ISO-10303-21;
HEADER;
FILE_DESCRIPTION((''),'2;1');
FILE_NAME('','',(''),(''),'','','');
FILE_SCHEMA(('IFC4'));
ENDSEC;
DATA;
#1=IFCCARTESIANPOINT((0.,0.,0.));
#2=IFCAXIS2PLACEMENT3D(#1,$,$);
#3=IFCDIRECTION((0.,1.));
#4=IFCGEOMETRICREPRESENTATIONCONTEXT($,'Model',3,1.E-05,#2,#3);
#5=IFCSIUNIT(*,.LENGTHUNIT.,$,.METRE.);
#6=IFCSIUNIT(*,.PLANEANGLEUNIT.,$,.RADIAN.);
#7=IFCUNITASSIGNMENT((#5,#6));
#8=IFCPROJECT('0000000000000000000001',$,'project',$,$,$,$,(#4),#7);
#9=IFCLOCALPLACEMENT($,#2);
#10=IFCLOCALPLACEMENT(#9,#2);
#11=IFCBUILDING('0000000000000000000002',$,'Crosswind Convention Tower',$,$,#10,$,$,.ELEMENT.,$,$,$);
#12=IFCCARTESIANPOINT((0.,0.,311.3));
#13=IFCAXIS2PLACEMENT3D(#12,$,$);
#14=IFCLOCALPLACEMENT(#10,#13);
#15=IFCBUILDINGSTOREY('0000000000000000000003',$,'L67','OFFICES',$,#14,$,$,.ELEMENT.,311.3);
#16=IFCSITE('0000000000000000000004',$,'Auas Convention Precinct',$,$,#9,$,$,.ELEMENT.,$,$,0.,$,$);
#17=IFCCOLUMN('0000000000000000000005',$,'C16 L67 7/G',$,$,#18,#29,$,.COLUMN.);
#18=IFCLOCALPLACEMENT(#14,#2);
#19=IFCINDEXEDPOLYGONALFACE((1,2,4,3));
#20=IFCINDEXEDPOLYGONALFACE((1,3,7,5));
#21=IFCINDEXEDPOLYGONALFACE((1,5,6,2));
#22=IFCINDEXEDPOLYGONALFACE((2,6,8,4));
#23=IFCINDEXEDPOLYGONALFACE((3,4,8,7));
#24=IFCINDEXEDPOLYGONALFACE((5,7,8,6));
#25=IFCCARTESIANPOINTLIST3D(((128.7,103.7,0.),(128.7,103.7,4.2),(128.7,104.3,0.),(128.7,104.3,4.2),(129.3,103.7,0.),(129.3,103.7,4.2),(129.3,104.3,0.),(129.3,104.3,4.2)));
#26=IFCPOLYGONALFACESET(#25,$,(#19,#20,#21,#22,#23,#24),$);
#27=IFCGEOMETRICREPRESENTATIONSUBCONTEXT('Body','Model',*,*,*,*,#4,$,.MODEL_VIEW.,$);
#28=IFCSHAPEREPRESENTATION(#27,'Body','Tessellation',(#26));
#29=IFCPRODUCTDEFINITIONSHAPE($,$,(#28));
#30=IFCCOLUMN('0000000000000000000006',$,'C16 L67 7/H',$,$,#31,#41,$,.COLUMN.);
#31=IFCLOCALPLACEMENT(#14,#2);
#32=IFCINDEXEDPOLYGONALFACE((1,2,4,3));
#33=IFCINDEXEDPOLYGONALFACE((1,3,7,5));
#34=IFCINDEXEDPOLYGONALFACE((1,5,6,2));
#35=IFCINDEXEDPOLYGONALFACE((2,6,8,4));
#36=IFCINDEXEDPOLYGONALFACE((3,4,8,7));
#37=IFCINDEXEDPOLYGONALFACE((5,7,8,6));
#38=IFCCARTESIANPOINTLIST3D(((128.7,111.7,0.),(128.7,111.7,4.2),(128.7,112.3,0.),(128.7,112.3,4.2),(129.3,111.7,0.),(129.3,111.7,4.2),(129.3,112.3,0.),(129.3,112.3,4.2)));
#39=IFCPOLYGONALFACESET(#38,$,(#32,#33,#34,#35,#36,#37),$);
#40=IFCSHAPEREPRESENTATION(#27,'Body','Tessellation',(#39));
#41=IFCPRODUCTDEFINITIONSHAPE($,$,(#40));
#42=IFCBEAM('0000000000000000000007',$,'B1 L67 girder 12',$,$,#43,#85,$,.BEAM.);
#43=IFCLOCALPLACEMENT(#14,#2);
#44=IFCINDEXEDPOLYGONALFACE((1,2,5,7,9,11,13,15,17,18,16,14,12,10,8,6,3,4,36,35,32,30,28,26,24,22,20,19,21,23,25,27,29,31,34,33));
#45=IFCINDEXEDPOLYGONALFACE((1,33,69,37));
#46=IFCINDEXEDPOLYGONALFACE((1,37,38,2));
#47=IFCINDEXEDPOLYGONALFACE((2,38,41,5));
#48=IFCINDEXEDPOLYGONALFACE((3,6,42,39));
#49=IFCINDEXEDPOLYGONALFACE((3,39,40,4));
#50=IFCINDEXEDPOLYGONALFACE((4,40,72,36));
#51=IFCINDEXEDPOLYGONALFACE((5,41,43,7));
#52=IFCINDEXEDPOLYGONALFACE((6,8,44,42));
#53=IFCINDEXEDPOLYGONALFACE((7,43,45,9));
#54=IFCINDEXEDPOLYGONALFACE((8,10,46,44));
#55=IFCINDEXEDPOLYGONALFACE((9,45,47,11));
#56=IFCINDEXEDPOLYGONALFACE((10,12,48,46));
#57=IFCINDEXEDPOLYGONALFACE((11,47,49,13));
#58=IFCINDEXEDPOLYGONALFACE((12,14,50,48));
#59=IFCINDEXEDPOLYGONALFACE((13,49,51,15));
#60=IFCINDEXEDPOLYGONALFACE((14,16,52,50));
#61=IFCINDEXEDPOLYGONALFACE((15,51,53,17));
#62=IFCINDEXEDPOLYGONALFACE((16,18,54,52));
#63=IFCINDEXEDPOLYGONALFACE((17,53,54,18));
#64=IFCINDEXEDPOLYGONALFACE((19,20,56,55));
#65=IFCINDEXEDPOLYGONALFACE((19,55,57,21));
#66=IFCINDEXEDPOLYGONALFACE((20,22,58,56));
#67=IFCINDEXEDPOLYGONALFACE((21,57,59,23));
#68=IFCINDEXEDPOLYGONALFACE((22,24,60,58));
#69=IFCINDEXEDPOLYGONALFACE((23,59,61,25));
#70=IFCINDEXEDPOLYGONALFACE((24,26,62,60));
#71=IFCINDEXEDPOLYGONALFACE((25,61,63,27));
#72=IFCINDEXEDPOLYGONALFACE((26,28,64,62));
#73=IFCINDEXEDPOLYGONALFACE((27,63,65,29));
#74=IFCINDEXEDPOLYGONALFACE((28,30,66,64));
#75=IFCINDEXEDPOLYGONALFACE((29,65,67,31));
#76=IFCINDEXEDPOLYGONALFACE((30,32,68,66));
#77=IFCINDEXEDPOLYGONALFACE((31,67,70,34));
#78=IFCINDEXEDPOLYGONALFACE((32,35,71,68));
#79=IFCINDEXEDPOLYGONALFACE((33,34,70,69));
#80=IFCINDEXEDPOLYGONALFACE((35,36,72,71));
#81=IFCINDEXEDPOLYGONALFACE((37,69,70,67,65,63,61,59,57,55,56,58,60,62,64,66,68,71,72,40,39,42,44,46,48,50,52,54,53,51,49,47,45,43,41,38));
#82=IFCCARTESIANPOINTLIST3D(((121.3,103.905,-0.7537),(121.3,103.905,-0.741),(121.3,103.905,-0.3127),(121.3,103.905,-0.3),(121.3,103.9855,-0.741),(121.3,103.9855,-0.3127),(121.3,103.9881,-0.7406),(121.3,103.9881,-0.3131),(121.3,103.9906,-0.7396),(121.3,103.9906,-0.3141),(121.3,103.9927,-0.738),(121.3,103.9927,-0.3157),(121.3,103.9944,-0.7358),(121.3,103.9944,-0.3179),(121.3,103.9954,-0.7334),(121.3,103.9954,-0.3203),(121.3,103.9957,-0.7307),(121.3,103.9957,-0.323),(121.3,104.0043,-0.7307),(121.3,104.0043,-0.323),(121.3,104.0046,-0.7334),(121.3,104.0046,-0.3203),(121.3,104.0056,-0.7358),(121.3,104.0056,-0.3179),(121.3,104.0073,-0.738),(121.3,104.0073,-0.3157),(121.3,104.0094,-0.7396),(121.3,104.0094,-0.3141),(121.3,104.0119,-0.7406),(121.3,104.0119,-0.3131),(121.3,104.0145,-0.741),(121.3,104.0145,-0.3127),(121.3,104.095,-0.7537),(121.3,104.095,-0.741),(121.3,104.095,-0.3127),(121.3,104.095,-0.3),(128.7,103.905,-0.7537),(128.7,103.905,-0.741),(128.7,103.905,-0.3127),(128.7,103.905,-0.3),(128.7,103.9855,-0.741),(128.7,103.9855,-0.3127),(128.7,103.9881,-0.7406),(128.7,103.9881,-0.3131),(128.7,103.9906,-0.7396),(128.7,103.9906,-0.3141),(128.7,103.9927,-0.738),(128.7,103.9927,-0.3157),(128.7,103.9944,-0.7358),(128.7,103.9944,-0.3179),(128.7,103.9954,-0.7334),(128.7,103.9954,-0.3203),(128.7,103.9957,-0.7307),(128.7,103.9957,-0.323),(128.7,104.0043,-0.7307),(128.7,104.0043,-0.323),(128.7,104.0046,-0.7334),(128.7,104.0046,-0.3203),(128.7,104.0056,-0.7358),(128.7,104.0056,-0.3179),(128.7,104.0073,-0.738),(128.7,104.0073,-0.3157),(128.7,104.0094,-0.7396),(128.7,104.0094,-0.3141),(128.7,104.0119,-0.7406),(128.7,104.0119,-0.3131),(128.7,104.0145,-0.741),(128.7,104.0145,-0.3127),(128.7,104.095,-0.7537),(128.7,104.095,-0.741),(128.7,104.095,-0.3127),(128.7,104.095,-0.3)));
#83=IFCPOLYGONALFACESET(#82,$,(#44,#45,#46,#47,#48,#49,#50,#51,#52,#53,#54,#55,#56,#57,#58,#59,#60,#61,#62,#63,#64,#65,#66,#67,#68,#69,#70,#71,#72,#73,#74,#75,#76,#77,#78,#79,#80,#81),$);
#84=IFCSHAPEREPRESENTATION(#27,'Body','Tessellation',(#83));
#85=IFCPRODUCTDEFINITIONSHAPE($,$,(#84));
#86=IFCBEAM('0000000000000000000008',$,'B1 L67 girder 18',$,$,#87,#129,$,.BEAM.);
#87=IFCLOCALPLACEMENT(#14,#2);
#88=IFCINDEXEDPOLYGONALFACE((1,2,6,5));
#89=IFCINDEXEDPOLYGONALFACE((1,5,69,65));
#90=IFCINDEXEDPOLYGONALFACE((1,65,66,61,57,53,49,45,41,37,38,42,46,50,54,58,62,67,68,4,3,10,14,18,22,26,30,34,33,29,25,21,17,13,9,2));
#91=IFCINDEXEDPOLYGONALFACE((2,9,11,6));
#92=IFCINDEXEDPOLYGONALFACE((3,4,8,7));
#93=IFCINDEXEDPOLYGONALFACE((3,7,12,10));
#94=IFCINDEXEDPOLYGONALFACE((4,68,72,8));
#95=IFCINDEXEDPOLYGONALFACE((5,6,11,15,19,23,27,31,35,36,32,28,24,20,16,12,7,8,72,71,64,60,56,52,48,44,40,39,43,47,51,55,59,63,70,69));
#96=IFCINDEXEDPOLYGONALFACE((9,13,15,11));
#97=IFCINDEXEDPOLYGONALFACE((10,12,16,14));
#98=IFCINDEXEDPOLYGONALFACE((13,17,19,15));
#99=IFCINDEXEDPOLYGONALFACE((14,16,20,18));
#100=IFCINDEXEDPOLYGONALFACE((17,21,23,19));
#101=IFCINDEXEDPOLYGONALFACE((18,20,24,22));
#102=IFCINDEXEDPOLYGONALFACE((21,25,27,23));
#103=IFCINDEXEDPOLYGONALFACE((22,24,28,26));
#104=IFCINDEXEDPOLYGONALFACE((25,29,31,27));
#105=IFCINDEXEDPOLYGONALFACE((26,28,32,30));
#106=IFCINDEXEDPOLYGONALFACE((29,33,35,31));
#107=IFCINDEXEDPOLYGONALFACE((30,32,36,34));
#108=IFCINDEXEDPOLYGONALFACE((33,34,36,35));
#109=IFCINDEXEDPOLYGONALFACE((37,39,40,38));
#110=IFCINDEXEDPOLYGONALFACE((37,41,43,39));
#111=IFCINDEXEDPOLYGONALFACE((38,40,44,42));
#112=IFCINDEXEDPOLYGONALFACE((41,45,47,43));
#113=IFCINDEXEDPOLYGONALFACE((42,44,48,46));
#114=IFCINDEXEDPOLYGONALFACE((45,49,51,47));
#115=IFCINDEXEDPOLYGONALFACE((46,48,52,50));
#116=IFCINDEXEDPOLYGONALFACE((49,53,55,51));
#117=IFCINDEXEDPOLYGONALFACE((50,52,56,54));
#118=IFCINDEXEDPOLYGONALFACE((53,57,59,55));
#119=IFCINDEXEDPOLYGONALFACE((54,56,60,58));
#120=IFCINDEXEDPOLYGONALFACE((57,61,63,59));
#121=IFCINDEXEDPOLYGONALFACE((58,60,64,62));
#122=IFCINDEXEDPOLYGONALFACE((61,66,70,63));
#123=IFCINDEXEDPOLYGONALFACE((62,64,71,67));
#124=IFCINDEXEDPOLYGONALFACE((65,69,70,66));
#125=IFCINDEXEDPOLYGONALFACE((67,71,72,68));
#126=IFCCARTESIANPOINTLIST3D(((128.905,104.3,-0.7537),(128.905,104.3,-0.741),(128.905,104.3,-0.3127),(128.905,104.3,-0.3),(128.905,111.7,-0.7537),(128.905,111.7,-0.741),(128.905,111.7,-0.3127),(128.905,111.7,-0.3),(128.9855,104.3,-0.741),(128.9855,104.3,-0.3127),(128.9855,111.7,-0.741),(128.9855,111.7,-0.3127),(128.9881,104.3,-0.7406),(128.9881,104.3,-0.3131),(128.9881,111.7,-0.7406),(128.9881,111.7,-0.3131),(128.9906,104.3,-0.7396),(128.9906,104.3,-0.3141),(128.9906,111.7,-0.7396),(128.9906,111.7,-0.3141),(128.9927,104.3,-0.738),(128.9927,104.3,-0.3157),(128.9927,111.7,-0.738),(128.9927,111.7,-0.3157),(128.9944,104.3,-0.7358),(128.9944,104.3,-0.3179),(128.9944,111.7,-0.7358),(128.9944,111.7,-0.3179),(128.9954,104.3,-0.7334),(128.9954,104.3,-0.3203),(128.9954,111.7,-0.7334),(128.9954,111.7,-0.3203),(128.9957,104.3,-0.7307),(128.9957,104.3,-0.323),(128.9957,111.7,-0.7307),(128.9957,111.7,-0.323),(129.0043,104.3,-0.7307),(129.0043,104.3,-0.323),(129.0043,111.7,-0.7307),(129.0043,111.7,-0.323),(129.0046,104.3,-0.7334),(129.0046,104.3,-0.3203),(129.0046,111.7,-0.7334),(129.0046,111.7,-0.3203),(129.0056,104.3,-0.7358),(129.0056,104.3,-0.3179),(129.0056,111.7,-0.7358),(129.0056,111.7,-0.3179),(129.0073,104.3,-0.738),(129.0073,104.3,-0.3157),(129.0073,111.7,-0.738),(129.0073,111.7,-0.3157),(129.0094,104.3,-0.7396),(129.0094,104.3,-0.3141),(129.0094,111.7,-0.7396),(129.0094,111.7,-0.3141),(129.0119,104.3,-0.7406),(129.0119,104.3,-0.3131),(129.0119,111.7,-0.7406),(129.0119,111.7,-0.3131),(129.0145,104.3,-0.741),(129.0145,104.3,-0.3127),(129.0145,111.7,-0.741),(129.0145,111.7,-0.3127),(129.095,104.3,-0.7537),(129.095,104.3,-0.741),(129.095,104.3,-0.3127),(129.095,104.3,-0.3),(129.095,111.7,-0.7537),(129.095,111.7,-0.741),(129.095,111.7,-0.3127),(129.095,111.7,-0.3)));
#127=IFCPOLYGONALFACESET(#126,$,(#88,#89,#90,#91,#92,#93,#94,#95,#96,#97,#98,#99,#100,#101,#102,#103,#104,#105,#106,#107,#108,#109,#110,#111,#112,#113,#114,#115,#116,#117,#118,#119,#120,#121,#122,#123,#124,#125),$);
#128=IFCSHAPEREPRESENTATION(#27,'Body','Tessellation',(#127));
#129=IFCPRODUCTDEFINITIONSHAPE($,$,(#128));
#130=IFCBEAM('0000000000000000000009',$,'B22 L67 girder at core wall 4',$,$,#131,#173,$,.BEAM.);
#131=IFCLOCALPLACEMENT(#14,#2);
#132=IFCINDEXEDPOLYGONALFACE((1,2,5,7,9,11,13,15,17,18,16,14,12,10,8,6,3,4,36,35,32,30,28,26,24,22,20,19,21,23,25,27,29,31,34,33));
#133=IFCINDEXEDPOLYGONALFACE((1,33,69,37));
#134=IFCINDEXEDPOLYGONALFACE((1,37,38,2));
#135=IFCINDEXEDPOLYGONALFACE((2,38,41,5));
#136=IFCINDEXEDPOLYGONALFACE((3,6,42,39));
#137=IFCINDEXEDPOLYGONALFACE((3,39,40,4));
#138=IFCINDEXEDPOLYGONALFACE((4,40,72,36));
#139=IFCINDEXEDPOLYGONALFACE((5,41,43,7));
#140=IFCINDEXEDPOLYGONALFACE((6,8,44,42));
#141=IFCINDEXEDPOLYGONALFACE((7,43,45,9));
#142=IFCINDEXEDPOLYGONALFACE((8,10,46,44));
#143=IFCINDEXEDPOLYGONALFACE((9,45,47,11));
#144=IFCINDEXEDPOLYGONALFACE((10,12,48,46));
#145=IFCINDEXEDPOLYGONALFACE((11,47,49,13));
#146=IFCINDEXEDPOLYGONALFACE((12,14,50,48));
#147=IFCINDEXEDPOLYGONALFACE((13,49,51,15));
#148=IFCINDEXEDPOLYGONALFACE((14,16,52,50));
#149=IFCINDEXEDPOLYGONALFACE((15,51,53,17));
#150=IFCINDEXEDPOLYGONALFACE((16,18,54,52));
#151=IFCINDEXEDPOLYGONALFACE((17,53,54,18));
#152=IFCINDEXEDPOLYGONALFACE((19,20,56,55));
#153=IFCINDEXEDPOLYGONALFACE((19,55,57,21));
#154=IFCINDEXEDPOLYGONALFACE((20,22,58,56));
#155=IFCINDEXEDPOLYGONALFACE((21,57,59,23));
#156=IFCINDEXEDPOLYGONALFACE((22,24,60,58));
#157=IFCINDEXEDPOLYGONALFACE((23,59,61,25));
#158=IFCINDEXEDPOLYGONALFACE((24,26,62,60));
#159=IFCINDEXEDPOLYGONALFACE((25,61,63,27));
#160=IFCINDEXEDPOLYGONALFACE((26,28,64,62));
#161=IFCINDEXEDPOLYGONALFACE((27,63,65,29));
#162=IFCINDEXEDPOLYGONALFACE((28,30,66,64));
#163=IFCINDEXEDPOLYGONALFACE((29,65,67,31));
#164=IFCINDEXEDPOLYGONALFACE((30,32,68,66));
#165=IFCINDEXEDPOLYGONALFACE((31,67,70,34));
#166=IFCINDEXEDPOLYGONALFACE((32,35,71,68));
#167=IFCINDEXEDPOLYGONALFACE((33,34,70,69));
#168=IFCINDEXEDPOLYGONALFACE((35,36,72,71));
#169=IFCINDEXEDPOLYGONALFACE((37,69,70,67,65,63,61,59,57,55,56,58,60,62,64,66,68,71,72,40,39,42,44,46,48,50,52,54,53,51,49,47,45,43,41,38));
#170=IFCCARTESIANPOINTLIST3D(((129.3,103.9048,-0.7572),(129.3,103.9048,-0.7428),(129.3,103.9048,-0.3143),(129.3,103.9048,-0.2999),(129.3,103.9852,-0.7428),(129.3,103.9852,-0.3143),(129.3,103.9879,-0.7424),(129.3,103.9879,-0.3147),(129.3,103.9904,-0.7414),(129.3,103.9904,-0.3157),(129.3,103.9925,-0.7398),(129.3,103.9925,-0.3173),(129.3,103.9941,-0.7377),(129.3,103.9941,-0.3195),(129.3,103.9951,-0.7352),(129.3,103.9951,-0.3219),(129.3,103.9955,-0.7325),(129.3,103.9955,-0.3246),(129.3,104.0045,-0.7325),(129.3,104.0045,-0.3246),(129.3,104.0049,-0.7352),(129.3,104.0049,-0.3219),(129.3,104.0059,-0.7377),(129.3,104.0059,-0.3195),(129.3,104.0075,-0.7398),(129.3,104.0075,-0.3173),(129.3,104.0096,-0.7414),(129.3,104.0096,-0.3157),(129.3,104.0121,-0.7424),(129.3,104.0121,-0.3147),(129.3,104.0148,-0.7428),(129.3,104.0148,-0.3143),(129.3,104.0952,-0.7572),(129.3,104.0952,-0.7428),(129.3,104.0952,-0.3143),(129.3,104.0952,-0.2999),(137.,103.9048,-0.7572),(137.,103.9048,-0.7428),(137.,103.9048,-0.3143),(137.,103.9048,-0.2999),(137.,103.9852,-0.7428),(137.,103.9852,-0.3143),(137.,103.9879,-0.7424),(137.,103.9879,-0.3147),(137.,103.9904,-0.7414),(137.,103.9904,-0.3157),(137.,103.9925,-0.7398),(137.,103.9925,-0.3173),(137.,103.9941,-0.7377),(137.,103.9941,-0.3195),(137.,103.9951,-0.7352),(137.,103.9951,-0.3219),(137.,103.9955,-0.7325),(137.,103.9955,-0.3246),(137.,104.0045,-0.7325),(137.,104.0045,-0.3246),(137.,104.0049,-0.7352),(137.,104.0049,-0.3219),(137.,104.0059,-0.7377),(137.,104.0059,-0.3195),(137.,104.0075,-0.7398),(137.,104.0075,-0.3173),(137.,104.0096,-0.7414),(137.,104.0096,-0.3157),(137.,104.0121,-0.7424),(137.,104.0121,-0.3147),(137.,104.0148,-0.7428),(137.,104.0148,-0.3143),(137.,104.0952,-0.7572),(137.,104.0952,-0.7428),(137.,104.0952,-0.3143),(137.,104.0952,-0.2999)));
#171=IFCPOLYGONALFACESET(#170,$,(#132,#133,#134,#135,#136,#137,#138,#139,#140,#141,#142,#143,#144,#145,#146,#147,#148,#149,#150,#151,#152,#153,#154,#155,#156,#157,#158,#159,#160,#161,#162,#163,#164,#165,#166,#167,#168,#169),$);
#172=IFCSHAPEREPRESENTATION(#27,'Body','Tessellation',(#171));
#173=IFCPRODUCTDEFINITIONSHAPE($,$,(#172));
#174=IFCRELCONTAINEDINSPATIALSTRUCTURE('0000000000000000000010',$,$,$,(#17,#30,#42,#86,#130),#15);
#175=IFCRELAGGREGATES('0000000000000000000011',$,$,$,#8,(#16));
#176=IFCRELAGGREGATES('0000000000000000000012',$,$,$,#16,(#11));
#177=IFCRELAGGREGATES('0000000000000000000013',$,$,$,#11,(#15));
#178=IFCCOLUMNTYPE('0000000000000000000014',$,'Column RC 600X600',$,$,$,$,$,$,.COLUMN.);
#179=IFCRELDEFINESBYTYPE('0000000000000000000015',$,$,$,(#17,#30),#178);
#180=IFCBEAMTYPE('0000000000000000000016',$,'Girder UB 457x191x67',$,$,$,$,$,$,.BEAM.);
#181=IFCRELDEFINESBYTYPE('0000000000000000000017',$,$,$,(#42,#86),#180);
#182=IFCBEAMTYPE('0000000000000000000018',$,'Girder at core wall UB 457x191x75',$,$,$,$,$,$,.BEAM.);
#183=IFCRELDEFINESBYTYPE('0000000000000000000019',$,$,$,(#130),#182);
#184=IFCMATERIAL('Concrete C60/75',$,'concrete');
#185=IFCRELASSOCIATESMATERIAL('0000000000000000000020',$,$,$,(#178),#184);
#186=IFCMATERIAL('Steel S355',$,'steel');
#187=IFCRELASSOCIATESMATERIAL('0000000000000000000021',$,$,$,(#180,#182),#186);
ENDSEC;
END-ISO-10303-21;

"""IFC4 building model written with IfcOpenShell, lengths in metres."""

from ifc_helpers import new_model, si_unit, direction, frame, origin, origin_2d, place, context, subcontext, project, spatial, rectangle, i_section, extrude, material, material_profile, profile_set, type_object, element, save


model = new_model("IFC4")

# Units and contexts
model_context = context("Model", 3, precision=1e-05, world=origin(), true_north=direction((0.0, 1.0)))
body_context = subcontext(model_context, "Body", "Model", "MODEL_VIEW")
ifc_project = project(units=[si_unit("LENGTHUNIT", "METRE"), si_unit("PLANEANGLEUNIT", "RADIAN")], contexts=[model_context])

# Site, building, storey
site_placement = place(None, origin())
site = spatial("IfcSite", under=ifc_project, at=site_placement, Name="Auas Convention Precinct", CompositionType="ELEMENT", RefElevation=0.0)
building_placement = place(site_placement, origin())
building = spatial("IfcBuilding", under=site, at=building_placement, Name="Crosswind Convention Tower", CompositionType="ELEMENT")
storey_placement = place(building_placement, frame((0.0, 0.0, 311.3)))
storey = spatial("IfcBuildingStorey", under=building, at=storey_placement, Name="L67", Description="OFFICES", CompositionType="ELEMENT", Elevation=311.3)

# Columns
ifc_material_1 = material(Name="Concrete C60/75", Category="concrete")
ifc_material_profile_1 = material_profile(ifc_material_1, rectangle(XDim=0.6001, YDim=0.6001, at=origin_2d()), Name="RC 600X600")
ifc_profile_set_1 = profile_set([ifc_material_profile_1], Name="Concrete C60/75")
column_type = type_object("IfcColumnType", Name="Column RC 600X600", PredefinedType="COLUMN", material=ifc_profile_set_1)
for number, where, z_axis, x_axis, name in (
    (1, (129.0, 104.0, 0.0), (0.0, 0.0, 1.0), (1.0, 0.0, 0.0), "C16 L67 7/G"),
    (2, (129.0, 112.0, 0.0), (0.0, 0.0, 1.0), (1.0, 0.0, 0.0), "C16 L67 7/H"),
):
    element("IfcColumn", number, at=place(storey_placement, frame(where, z_axis=z_axis, x_axis=x_axis)), inside=storey, type_object=column_type, Name=name, PredefinedType="COLUMN", context=body_context, shape_type="SweptSolid", body=[
        extrude(rectangle(XDim=0.6001, YDim=0.6001, at=origin_2d()), origin(), (0.0, 0.0, 1.0), 4.2),
    ])

# Beams
ifc_material_2 = material(Name="Steel S355", Category="steel")
ifc_material_profile_2 = material_profile(ifc_material_2, i_section(OverallWidth=0.1899, OverallDepth=0.4536, WebThickness=0.0085, FlangeThickness=0.0127, FilletRadius=0.0103, at=origin_2d()), Name="UB 457x191x67")
ifc_profile_set_2 = profile_set([ifc_material_profile_2], Name="Steel S355")
beam_type_1 = type_object("IfcBeamType", Name="Girder UB 457x191x67", PredefinedType="BEAM", material=ifc_profile_set_2)
for number, where, z_axis, x_axis, name in (
    (3, (121.3, 104.0, -0.5269), (1.0, 0.0, 0.0), (0.0, 1.0, 0.0), "B1 L67 girder 12"),
    (4, (129.0, 104.3, -0.5269), (0.0, 1.0, 0.0), (-1.0, 0.0, 0.0), "B1 L67 girder 18"),
):
    element("IfcBeam", number, at=place(storey_placement, frame(where, z_axis=z_axis, x_axis=x_axis)), inside=storey, type_object=beam_type_1, Name=name, PredefinedType="BEAM", context=body_context, shape_type="SweptSolid", body=[
        extrude(i_section(OverallWidth=0.1899, OverallDepth=0.4536, WebThickness=0.0085, FlangeThickness=0.0127, FilletRadius=0.0103, at=origin_2d()), origin(), (0.0, 0.0, 1.0), 7.3999),
    ])
ifc_material_profile_3 = material_profile(ifc_material_2, i_section(OverallWidth=0.1904, OverallDepth=0.4573, WebThickness=0.009, FlangeThickness=0.0144, FilletRadius=0.0103, at=origin_2d()), Name="UB 457x191x75")
ifc_profile_set_3 = profile_set([ifc_material_profile_3], Name="Steel S355")
beam_type_2 = type_object("IfcBeamType", Name="Girder at core wall UB 457x191x75", PredefinedType="BEAM", material=ifc_profile_set_3)
beam_placement = place(storey_placement, frame((129.3, 104.0, -0.5286), z_axis=(1.0, 0.0, 0.0), x_axis=(0.0, 1.0, 0.0)))
element("IfcBeam", 5, at=beam_placement, inside=storey, type_object=beam_type_2, Name="B22 L67 girder at core wall 4", PredefinedType="BEAM", context=body_context, shape_type="SweptSolid", body=[
    extrude(i_section(OverallWidth=0.1904, OverallDepth=0.4573, WebThickness=0.009, FlangeThickness=0.0144, FilletRadius=0.0103, at=origin_2d()), origin(), (0.0, 0.0, 1.0), 7.7),
])

save(model, "model.ifc")
